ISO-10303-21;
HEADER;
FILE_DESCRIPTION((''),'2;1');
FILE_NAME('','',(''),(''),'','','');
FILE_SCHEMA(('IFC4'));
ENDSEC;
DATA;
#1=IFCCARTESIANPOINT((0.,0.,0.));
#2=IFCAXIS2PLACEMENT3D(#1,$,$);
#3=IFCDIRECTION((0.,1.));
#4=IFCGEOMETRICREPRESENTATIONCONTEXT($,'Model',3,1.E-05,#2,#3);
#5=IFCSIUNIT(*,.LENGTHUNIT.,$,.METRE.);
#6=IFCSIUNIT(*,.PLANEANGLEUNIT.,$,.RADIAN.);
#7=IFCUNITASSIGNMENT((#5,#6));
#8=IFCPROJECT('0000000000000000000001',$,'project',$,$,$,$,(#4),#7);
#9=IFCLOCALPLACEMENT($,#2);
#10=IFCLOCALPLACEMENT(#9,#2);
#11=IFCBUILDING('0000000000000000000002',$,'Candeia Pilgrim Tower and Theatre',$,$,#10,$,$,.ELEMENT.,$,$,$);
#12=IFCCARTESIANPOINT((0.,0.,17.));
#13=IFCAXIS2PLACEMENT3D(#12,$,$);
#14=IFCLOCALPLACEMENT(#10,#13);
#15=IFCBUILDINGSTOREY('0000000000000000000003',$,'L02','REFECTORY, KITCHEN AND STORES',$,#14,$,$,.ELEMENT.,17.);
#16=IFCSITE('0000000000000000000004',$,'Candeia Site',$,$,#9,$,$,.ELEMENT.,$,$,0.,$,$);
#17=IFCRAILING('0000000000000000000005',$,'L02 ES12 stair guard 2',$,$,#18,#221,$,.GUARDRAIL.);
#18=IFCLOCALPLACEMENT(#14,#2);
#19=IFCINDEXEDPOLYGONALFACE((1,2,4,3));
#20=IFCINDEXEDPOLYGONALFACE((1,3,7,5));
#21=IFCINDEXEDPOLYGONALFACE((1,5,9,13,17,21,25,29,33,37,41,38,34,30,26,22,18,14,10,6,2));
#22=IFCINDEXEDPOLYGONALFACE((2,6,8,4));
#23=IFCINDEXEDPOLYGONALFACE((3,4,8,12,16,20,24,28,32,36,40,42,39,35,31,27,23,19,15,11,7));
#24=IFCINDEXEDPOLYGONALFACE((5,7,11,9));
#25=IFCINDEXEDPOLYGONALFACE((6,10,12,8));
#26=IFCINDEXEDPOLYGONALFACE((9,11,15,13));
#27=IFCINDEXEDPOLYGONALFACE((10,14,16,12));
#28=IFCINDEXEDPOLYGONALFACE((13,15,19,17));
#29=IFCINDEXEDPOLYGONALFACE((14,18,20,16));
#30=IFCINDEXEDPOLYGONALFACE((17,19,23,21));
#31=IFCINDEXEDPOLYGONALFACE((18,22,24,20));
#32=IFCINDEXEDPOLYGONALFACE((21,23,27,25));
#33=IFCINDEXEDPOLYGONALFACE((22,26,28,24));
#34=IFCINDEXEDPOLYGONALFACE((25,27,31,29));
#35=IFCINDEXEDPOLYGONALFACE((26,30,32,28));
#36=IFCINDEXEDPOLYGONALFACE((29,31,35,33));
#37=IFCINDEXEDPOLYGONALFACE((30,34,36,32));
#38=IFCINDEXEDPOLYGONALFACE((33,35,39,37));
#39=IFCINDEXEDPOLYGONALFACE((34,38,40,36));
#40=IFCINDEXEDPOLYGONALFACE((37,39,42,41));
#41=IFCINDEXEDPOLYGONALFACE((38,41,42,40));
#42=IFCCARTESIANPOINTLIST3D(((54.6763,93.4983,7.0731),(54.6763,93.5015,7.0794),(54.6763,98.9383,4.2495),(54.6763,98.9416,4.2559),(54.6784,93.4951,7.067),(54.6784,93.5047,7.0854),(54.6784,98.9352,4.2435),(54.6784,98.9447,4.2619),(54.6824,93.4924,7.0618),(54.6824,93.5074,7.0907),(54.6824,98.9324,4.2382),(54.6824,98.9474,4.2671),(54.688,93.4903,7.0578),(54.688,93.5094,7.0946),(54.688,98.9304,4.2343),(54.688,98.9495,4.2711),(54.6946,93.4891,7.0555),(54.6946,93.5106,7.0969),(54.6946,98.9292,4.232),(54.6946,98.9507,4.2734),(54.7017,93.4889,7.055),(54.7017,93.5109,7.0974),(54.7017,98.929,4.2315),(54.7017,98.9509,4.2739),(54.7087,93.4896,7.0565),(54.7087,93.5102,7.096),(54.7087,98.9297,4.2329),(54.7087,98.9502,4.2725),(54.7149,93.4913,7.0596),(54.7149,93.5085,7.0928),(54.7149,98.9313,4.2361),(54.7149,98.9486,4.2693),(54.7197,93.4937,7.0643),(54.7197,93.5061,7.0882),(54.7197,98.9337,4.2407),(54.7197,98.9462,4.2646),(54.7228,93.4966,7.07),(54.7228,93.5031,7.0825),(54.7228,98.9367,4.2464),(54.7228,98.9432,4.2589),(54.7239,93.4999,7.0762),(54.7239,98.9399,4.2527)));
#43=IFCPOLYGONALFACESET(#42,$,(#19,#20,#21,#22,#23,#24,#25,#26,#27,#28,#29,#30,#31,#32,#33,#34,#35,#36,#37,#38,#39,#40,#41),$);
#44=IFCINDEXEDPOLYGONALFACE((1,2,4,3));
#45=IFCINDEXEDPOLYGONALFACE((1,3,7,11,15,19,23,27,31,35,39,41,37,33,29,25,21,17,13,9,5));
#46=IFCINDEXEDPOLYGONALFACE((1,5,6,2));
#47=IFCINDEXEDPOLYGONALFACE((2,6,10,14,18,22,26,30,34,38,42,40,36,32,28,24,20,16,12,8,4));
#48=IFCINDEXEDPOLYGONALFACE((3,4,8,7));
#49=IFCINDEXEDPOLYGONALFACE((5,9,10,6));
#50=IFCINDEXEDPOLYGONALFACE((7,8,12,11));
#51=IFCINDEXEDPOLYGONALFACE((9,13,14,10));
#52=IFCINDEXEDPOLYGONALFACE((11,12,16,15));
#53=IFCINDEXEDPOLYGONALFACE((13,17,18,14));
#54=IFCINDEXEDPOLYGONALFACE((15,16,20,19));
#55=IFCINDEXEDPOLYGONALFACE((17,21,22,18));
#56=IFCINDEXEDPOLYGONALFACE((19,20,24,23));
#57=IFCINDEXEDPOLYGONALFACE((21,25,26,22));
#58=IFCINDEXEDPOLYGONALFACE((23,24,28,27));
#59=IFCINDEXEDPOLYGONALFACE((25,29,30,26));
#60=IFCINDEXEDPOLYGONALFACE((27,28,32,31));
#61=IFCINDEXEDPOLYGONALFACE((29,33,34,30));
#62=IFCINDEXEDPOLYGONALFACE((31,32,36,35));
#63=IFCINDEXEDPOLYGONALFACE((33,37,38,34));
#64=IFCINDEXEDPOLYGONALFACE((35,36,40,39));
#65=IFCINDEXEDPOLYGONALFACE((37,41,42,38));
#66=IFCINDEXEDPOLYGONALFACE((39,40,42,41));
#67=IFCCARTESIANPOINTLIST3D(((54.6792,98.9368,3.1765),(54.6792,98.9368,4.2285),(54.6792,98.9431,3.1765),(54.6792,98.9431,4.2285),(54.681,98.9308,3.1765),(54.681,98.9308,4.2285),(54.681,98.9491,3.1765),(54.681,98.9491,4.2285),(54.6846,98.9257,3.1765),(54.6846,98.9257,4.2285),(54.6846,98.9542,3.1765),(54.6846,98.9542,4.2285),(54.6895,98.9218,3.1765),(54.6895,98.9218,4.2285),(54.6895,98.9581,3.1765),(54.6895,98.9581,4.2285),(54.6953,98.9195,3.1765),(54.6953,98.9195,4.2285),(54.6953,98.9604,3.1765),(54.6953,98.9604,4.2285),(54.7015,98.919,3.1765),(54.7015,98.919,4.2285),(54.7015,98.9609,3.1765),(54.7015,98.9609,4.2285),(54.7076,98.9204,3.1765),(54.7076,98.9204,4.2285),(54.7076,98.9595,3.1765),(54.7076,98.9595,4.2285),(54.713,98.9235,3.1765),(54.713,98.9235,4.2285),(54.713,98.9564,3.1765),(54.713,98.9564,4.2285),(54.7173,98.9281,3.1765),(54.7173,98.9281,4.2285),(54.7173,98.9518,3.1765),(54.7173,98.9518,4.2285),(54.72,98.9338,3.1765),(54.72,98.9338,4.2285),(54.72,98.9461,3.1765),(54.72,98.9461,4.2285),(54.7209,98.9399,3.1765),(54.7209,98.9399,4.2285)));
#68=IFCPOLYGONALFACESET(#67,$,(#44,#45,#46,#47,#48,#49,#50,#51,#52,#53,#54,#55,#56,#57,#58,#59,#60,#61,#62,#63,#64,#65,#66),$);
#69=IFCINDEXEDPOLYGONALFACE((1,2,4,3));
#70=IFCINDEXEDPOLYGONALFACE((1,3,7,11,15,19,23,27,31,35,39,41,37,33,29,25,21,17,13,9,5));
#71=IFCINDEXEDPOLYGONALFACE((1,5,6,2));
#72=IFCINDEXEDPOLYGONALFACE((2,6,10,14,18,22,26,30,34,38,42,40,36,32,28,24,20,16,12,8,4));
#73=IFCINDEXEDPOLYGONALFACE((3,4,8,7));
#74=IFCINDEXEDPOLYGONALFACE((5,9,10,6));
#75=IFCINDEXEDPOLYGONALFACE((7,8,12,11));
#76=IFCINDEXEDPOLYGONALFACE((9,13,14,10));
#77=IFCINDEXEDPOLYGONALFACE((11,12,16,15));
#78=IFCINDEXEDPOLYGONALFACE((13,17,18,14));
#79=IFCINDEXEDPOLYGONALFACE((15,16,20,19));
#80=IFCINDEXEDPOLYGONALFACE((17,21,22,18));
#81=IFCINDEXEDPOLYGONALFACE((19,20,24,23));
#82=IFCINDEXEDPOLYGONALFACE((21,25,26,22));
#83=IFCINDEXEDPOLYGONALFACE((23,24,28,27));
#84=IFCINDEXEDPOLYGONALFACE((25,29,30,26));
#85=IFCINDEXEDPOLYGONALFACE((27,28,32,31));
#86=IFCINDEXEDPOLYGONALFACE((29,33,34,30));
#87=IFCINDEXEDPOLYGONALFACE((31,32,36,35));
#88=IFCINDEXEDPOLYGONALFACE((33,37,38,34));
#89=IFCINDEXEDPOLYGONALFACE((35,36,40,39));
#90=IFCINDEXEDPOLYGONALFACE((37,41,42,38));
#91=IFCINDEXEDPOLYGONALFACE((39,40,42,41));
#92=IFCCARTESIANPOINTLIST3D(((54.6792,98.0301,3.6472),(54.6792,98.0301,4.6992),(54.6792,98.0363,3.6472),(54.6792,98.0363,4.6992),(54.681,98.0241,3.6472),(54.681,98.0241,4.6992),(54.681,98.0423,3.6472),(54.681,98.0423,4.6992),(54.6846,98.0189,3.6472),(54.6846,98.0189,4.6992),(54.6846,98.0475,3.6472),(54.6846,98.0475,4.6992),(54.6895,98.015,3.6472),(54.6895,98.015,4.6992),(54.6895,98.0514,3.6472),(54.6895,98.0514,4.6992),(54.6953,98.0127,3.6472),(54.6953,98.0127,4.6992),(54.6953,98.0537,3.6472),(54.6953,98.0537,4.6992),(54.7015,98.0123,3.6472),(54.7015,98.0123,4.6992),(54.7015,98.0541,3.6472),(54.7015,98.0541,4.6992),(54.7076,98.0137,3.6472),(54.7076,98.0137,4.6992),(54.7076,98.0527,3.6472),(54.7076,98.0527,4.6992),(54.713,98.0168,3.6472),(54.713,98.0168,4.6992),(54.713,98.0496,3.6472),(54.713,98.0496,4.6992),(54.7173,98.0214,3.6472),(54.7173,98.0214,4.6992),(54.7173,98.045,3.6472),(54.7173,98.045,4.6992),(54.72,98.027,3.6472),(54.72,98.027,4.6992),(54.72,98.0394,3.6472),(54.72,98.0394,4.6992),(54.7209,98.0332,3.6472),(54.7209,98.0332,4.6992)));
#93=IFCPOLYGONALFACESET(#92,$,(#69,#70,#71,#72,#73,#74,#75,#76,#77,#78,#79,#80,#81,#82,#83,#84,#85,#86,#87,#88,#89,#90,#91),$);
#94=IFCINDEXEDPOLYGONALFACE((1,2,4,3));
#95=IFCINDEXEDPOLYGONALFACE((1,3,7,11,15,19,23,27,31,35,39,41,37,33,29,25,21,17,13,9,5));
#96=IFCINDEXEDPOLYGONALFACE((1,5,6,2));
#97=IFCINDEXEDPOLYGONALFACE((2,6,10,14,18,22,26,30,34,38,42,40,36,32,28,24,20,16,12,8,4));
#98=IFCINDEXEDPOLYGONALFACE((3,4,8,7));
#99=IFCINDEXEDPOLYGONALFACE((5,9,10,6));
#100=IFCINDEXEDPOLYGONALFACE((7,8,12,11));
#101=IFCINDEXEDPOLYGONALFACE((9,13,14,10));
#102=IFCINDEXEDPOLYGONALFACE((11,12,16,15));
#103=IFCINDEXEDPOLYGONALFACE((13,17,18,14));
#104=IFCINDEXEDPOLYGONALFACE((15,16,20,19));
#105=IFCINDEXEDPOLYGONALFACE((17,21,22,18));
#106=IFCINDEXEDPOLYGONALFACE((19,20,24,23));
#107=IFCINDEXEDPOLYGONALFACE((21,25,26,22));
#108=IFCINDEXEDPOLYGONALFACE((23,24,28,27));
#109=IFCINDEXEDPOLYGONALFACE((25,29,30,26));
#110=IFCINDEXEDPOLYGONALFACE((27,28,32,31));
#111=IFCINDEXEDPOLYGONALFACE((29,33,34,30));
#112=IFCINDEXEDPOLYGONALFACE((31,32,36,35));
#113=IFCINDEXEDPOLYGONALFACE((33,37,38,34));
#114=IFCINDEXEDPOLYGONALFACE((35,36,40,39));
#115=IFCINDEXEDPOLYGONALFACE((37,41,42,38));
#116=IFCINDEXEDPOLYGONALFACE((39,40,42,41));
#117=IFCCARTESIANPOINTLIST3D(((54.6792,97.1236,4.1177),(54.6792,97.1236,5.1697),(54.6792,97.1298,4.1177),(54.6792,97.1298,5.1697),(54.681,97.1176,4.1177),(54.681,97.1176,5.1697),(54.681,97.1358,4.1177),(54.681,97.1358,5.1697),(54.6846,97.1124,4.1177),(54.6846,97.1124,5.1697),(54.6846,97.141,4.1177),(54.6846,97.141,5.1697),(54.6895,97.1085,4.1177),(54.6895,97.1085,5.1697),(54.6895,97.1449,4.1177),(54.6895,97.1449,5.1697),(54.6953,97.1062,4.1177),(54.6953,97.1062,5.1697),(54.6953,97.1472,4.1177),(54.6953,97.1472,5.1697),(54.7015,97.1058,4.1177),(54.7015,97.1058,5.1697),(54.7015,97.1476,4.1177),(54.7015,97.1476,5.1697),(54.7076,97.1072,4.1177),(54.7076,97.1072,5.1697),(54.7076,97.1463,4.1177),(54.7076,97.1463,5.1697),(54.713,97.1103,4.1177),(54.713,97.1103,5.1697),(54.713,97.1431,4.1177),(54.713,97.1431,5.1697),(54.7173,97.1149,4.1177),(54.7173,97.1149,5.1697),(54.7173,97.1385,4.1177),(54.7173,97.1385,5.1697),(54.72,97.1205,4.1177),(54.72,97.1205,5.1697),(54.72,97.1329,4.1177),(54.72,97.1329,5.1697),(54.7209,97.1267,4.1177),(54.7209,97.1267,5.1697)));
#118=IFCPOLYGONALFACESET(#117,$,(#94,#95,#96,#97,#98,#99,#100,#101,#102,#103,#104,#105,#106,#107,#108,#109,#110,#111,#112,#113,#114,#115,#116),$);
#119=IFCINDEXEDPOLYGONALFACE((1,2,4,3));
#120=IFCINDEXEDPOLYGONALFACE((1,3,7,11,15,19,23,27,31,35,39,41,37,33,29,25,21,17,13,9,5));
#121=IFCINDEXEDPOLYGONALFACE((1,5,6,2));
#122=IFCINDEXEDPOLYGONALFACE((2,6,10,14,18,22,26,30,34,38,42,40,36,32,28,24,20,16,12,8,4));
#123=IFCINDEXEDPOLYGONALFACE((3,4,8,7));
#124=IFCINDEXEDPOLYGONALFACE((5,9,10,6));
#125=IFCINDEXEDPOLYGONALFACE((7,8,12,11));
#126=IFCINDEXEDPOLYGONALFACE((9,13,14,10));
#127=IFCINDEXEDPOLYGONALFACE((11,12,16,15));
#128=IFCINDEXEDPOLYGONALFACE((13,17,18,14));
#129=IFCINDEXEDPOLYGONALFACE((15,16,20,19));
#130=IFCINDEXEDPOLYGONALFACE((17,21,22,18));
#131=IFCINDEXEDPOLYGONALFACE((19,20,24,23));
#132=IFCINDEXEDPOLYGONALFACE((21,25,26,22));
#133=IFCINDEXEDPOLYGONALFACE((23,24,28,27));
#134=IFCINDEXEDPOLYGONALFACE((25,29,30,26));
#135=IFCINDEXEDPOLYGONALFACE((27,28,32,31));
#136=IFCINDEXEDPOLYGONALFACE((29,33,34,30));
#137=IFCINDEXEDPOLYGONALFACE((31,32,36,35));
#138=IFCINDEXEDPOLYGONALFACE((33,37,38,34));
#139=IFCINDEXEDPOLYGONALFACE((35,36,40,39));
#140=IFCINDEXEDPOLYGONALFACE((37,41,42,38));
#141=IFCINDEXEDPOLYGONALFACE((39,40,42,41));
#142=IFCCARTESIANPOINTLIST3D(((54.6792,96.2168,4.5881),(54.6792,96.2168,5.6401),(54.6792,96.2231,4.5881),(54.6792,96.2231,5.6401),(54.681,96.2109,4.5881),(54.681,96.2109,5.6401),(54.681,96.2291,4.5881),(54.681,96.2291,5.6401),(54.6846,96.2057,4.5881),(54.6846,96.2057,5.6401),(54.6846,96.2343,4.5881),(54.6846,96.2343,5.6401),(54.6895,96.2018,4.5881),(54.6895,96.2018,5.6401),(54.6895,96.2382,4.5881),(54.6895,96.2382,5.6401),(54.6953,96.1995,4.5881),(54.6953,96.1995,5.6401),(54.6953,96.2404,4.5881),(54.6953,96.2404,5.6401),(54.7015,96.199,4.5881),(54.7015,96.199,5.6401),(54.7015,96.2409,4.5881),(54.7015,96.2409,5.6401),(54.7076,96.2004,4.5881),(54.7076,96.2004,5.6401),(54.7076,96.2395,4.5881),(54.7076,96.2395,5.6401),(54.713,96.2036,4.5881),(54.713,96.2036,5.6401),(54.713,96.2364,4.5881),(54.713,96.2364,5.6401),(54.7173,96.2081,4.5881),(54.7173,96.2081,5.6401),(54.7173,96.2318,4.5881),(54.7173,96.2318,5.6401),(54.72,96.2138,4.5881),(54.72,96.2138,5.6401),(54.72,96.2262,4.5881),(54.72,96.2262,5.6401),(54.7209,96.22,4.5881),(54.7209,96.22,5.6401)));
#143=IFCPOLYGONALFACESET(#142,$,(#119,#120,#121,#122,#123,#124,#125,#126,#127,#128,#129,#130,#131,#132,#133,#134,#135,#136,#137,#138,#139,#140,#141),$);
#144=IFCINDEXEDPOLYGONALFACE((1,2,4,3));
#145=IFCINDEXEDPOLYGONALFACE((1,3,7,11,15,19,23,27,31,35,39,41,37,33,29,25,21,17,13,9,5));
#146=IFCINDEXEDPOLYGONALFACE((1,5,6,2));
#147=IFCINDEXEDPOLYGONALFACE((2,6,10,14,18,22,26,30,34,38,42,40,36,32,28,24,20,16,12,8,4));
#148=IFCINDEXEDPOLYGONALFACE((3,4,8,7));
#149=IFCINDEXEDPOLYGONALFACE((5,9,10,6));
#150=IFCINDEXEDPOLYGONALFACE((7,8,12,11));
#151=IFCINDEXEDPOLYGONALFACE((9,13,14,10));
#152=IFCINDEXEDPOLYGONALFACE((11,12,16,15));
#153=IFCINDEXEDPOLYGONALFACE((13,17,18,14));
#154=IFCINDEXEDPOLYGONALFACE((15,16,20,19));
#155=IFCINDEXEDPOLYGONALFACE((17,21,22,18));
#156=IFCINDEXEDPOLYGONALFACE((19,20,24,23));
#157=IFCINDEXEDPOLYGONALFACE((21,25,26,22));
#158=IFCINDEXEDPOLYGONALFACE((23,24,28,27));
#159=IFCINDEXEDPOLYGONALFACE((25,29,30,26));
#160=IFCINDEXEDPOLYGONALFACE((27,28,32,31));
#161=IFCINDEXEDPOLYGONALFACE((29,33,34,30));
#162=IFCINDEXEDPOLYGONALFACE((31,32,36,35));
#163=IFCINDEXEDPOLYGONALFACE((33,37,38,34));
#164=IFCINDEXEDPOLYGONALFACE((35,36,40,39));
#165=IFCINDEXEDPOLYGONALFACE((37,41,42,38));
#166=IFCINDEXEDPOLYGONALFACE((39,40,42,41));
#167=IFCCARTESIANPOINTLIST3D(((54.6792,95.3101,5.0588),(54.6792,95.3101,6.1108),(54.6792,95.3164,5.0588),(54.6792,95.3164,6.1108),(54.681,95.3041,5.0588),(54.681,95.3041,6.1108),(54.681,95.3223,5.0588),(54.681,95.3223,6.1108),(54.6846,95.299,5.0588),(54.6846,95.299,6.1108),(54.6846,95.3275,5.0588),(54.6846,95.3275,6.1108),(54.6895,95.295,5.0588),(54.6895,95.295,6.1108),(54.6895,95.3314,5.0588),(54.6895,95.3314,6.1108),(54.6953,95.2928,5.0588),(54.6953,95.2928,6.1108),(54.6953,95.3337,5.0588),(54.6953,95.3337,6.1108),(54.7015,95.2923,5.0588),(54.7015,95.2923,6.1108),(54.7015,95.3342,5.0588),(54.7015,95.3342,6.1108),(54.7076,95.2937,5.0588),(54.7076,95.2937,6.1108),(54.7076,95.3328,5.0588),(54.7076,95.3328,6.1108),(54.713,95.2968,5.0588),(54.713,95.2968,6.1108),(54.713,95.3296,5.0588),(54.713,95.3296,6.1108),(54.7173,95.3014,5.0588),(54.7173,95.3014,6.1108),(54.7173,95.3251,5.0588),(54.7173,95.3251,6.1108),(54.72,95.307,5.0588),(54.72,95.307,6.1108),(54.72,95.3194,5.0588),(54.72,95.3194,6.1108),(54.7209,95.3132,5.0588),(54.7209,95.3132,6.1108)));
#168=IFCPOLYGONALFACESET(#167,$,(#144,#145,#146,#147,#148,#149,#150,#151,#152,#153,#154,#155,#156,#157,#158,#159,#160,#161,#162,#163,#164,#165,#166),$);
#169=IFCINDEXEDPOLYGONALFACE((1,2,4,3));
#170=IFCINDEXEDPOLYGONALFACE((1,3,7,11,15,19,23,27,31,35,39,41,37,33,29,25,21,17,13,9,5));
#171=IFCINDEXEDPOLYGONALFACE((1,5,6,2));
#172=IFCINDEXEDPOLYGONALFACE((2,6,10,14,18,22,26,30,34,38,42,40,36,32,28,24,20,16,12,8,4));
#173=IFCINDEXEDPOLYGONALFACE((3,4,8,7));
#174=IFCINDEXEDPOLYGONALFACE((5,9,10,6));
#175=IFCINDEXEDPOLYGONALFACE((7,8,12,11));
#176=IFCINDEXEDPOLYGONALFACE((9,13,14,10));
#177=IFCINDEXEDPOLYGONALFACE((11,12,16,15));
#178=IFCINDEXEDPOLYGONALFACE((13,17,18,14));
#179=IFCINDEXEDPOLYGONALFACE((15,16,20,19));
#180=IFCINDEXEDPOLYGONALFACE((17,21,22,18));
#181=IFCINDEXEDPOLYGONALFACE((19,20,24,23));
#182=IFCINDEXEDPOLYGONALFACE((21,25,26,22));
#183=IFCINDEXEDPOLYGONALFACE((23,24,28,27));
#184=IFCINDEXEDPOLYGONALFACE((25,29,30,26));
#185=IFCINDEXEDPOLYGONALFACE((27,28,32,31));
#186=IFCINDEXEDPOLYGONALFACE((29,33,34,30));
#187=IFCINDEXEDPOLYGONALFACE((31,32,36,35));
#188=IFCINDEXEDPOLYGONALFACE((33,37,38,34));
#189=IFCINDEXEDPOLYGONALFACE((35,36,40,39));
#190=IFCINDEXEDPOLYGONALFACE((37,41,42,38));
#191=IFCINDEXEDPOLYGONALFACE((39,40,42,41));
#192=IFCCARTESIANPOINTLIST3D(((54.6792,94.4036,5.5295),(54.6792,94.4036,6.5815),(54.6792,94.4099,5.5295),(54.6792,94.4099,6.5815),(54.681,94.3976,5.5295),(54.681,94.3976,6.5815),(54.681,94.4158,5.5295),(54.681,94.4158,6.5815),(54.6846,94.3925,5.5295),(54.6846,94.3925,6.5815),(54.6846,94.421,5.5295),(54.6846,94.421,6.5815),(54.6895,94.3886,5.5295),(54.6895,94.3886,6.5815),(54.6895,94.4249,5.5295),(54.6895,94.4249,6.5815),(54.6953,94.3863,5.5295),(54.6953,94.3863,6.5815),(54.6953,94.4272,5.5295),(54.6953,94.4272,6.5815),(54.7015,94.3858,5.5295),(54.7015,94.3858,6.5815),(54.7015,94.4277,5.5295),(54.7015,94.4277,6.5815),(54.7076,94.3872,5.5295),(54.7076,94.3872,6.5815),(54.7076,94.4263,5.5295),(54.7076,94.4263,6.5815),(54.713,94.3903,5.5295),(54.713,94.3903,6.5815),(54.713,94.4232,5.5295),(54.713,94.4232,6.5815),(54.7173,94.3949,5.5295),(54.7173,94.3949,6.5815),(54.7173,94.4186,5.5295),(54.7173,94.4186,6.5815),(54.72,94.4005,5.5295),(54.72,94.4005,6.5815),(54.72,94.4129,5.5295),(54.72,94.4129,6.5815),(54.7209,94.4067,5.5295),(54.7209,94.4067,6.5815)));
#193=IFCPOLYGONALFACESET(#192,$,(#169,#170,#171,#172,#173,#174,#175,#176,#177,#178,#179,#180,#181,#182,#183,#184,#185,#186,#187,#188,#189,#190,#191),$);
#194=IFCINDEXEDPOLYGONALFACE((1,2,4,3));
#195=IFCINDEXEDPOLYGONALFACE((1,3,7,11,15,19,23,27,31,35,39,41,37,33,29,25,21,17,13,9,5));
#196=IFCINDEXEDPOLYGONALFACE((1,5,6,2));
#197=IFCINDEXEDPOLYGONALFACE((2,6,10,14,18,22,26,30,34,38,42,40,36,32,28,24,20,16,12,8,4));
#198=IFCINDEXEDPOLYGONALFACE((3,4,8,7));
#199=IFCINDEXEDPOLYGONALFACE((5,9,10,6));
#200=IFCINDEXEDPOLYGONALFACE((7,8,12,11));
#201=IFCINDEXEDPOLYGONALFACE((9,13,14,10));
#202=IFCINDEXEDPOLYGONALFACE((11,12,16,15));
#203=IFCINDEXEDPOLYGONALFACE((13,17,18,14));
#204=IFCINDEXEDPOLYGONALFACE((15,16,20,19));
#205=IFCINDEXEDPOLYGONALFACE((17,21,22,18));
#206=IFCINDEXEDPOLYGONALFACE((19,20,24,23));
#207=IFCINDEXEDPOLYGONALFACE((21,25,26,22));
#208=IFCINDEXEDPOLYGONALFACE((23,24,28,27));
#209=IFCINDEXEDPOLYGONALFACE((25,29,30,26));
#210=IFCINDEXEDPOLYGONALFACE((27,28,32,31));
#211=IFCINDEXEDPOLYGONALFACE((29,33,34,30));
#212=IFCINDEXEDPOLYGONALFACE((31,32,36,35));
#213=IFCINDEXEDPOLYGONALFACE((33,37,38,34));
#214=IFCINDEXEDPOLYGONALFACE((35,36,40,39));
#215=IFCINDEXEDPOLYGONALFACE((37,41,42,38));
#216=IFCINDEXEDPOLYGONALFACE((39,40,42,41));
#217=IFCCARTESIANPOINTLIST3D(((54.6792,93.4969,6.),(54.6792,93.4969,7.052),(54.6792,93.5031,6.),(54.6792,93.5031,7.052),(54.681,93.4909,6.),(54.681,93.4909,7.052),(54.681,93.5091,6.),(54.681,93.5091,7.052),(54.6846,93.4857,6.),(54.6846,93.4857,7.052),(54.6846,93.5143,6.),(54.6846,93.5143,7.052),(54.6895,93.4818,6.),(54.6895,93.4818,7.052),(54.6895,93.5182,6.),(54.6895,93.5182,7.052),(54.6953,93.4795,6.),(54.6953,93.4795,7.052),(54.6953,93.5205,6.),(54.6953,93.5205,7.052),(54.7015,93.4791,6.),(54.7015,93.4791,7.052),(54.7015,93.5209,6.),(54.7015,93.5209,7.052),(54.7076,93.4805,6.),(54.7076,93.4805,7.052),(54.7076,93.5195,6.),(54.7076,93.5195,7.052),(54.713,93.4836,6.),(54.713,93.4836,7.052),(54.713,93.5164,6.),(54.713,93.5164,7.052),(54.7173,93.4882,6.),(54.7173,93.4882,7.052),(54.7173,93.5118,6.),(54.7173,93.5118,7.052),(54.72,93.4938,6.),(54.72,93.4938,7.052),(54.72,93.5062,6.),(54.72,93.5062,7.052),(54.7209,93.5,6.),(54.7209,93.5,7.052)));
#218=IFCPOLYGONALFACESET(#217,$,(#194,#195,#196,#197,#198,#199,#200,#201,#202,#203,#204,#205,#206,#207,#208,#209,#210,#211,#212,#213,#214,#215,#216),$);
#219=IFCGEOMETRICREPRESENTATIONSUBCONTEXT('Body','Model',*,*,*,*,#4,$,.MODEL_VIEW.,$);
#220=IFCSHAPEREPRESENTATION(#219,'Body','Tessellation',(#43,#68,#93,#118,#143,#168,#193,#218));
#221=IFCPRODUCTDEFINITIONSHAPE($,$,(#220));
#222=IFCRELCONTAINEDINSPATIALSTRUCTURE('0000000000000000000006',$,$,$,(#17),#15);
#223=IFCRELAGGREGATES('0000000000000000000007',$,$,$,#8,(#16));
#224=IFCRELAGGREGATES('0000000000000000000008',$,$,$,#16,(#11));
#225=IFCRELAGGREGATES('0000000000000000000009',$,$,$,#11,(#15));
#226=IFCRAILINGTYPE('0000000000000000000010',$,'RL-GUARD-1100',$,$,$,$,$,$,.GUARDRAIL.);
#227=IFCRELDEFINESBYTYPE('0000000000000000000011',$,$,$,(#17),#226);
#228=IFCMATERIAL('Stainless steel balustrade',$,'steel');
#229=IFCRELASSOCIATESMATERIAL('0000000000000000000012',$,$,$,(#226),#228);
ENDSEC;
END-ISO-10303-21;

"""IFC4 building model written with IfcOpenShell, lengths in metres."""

from ifc_helpers import new_model, si_unit, direction, frame, origin, origin_2d, place, context, subcontext, project, spatial, circle, extrude, material, type_object, element, save


model = new_model("IFC4")

# Units and contexts
model_context = context("Model", 3, precision=1e-05, world=origin(), true_north=direction((0.0, 1.0)))
body_context = subcontext(model_context, "Body", "Model", "MODEL_VIEW")
ifc_project = project(units=[si_unit("LENGTHUNIT", "METRE"), si_unit("PLANEANGLEUNIT", "RADIAN")], contexts=[model_context])

# Site, building, storey
site_placement = place(None, origin())
site = spatial("IfcSite", under=ifc_project, at=site_placement, Name="Candeia Site", CompositionType="ELEMENT", RefElevation=0.0)
building_placement = place(site_placement, origin())
building = spatial("IfcBuilding", under=site, at=building_placement, Name="Candeia Pilgrim Tower and Theatre", CompositionType="ELEMENT")
storey_placement = place(building_placement, frame((0.0, 0.0, 17.0)))
storey = spatial("IfcBuildingStorey", under=building, at=storey_placement, Name="L02", Description="REFECTORY, KITCHEN AND STORES", CompositionType="ELEMENT", Elevation=17.0)

# Railing
ifc_material_1 = material(Name="Stainless steel balustrade", Category="steel")
railing_type_1 = type_object("IfcRailingType", Name="RL-GUARD-1100", PredefinedType="GUARDRAIL", material=ifc_material_1)
railing_1_placement = place(storey_placement, frame((54.7, 98.9399, 3.1765)))
element("IfcRailing", 1, at=railing_1_placement, inside=storey, type_object=railing_type_1, Name="L02 ES12 stair guard 2", PredefinedType="GUARDRAIL", context=body_context, shape_type="SweptSolid", body=[
    extrude(circle(Radius=0.0239, at=origin_2d()), frame((0.0, 0.0, 1.0762), z_axis=(0.0, -0.887569, 0.460674), x_axis=(1.0, 0.0, 0.0)), (0.0, 0.0, 1.0), 6.1292),
    extrude(circle(Radius=0.021, at=origin_2d()), origin(), (0.0, 0.0, 1.0), 1.052),
    extrude(circle(Radius=0.021, at=origin_2d()), frame((0.0, -0.9067, 0.4707)), (0.0, 0.0, 1.0), 1.052),
    extrude(circle(Radius=0.021, at=origin_2d()), frame((0.0, -1.8132, 0.9412)), (0.0, 0.0, 1.0), 1.052),
    extrude(circle(Radius=0.021, at=origin_2d()), frame((0.0, -2.72, 1.4116)), (0.0, 0.0, 1.0), 1.052),
    extrude(circle(Radius=0.021, at=origin_2d()), frame((0.0, -3.6267, 1.8823)), (0.0, 0.0, 1.0), 1.052),
    extrude(circle(Radius=0.021, at=origin_2d()), frame((0.0, -4.5332, 2.353)), (0.0, 0.0, 1.0), 1.052),
    extrude(circle(Radius=0.021, at=origin_2d()), frame((0.0, -5.4399, 2.8235)), (0.0, 0.0, 1.0), 1.052),
])

save(model, "model.ifc")
